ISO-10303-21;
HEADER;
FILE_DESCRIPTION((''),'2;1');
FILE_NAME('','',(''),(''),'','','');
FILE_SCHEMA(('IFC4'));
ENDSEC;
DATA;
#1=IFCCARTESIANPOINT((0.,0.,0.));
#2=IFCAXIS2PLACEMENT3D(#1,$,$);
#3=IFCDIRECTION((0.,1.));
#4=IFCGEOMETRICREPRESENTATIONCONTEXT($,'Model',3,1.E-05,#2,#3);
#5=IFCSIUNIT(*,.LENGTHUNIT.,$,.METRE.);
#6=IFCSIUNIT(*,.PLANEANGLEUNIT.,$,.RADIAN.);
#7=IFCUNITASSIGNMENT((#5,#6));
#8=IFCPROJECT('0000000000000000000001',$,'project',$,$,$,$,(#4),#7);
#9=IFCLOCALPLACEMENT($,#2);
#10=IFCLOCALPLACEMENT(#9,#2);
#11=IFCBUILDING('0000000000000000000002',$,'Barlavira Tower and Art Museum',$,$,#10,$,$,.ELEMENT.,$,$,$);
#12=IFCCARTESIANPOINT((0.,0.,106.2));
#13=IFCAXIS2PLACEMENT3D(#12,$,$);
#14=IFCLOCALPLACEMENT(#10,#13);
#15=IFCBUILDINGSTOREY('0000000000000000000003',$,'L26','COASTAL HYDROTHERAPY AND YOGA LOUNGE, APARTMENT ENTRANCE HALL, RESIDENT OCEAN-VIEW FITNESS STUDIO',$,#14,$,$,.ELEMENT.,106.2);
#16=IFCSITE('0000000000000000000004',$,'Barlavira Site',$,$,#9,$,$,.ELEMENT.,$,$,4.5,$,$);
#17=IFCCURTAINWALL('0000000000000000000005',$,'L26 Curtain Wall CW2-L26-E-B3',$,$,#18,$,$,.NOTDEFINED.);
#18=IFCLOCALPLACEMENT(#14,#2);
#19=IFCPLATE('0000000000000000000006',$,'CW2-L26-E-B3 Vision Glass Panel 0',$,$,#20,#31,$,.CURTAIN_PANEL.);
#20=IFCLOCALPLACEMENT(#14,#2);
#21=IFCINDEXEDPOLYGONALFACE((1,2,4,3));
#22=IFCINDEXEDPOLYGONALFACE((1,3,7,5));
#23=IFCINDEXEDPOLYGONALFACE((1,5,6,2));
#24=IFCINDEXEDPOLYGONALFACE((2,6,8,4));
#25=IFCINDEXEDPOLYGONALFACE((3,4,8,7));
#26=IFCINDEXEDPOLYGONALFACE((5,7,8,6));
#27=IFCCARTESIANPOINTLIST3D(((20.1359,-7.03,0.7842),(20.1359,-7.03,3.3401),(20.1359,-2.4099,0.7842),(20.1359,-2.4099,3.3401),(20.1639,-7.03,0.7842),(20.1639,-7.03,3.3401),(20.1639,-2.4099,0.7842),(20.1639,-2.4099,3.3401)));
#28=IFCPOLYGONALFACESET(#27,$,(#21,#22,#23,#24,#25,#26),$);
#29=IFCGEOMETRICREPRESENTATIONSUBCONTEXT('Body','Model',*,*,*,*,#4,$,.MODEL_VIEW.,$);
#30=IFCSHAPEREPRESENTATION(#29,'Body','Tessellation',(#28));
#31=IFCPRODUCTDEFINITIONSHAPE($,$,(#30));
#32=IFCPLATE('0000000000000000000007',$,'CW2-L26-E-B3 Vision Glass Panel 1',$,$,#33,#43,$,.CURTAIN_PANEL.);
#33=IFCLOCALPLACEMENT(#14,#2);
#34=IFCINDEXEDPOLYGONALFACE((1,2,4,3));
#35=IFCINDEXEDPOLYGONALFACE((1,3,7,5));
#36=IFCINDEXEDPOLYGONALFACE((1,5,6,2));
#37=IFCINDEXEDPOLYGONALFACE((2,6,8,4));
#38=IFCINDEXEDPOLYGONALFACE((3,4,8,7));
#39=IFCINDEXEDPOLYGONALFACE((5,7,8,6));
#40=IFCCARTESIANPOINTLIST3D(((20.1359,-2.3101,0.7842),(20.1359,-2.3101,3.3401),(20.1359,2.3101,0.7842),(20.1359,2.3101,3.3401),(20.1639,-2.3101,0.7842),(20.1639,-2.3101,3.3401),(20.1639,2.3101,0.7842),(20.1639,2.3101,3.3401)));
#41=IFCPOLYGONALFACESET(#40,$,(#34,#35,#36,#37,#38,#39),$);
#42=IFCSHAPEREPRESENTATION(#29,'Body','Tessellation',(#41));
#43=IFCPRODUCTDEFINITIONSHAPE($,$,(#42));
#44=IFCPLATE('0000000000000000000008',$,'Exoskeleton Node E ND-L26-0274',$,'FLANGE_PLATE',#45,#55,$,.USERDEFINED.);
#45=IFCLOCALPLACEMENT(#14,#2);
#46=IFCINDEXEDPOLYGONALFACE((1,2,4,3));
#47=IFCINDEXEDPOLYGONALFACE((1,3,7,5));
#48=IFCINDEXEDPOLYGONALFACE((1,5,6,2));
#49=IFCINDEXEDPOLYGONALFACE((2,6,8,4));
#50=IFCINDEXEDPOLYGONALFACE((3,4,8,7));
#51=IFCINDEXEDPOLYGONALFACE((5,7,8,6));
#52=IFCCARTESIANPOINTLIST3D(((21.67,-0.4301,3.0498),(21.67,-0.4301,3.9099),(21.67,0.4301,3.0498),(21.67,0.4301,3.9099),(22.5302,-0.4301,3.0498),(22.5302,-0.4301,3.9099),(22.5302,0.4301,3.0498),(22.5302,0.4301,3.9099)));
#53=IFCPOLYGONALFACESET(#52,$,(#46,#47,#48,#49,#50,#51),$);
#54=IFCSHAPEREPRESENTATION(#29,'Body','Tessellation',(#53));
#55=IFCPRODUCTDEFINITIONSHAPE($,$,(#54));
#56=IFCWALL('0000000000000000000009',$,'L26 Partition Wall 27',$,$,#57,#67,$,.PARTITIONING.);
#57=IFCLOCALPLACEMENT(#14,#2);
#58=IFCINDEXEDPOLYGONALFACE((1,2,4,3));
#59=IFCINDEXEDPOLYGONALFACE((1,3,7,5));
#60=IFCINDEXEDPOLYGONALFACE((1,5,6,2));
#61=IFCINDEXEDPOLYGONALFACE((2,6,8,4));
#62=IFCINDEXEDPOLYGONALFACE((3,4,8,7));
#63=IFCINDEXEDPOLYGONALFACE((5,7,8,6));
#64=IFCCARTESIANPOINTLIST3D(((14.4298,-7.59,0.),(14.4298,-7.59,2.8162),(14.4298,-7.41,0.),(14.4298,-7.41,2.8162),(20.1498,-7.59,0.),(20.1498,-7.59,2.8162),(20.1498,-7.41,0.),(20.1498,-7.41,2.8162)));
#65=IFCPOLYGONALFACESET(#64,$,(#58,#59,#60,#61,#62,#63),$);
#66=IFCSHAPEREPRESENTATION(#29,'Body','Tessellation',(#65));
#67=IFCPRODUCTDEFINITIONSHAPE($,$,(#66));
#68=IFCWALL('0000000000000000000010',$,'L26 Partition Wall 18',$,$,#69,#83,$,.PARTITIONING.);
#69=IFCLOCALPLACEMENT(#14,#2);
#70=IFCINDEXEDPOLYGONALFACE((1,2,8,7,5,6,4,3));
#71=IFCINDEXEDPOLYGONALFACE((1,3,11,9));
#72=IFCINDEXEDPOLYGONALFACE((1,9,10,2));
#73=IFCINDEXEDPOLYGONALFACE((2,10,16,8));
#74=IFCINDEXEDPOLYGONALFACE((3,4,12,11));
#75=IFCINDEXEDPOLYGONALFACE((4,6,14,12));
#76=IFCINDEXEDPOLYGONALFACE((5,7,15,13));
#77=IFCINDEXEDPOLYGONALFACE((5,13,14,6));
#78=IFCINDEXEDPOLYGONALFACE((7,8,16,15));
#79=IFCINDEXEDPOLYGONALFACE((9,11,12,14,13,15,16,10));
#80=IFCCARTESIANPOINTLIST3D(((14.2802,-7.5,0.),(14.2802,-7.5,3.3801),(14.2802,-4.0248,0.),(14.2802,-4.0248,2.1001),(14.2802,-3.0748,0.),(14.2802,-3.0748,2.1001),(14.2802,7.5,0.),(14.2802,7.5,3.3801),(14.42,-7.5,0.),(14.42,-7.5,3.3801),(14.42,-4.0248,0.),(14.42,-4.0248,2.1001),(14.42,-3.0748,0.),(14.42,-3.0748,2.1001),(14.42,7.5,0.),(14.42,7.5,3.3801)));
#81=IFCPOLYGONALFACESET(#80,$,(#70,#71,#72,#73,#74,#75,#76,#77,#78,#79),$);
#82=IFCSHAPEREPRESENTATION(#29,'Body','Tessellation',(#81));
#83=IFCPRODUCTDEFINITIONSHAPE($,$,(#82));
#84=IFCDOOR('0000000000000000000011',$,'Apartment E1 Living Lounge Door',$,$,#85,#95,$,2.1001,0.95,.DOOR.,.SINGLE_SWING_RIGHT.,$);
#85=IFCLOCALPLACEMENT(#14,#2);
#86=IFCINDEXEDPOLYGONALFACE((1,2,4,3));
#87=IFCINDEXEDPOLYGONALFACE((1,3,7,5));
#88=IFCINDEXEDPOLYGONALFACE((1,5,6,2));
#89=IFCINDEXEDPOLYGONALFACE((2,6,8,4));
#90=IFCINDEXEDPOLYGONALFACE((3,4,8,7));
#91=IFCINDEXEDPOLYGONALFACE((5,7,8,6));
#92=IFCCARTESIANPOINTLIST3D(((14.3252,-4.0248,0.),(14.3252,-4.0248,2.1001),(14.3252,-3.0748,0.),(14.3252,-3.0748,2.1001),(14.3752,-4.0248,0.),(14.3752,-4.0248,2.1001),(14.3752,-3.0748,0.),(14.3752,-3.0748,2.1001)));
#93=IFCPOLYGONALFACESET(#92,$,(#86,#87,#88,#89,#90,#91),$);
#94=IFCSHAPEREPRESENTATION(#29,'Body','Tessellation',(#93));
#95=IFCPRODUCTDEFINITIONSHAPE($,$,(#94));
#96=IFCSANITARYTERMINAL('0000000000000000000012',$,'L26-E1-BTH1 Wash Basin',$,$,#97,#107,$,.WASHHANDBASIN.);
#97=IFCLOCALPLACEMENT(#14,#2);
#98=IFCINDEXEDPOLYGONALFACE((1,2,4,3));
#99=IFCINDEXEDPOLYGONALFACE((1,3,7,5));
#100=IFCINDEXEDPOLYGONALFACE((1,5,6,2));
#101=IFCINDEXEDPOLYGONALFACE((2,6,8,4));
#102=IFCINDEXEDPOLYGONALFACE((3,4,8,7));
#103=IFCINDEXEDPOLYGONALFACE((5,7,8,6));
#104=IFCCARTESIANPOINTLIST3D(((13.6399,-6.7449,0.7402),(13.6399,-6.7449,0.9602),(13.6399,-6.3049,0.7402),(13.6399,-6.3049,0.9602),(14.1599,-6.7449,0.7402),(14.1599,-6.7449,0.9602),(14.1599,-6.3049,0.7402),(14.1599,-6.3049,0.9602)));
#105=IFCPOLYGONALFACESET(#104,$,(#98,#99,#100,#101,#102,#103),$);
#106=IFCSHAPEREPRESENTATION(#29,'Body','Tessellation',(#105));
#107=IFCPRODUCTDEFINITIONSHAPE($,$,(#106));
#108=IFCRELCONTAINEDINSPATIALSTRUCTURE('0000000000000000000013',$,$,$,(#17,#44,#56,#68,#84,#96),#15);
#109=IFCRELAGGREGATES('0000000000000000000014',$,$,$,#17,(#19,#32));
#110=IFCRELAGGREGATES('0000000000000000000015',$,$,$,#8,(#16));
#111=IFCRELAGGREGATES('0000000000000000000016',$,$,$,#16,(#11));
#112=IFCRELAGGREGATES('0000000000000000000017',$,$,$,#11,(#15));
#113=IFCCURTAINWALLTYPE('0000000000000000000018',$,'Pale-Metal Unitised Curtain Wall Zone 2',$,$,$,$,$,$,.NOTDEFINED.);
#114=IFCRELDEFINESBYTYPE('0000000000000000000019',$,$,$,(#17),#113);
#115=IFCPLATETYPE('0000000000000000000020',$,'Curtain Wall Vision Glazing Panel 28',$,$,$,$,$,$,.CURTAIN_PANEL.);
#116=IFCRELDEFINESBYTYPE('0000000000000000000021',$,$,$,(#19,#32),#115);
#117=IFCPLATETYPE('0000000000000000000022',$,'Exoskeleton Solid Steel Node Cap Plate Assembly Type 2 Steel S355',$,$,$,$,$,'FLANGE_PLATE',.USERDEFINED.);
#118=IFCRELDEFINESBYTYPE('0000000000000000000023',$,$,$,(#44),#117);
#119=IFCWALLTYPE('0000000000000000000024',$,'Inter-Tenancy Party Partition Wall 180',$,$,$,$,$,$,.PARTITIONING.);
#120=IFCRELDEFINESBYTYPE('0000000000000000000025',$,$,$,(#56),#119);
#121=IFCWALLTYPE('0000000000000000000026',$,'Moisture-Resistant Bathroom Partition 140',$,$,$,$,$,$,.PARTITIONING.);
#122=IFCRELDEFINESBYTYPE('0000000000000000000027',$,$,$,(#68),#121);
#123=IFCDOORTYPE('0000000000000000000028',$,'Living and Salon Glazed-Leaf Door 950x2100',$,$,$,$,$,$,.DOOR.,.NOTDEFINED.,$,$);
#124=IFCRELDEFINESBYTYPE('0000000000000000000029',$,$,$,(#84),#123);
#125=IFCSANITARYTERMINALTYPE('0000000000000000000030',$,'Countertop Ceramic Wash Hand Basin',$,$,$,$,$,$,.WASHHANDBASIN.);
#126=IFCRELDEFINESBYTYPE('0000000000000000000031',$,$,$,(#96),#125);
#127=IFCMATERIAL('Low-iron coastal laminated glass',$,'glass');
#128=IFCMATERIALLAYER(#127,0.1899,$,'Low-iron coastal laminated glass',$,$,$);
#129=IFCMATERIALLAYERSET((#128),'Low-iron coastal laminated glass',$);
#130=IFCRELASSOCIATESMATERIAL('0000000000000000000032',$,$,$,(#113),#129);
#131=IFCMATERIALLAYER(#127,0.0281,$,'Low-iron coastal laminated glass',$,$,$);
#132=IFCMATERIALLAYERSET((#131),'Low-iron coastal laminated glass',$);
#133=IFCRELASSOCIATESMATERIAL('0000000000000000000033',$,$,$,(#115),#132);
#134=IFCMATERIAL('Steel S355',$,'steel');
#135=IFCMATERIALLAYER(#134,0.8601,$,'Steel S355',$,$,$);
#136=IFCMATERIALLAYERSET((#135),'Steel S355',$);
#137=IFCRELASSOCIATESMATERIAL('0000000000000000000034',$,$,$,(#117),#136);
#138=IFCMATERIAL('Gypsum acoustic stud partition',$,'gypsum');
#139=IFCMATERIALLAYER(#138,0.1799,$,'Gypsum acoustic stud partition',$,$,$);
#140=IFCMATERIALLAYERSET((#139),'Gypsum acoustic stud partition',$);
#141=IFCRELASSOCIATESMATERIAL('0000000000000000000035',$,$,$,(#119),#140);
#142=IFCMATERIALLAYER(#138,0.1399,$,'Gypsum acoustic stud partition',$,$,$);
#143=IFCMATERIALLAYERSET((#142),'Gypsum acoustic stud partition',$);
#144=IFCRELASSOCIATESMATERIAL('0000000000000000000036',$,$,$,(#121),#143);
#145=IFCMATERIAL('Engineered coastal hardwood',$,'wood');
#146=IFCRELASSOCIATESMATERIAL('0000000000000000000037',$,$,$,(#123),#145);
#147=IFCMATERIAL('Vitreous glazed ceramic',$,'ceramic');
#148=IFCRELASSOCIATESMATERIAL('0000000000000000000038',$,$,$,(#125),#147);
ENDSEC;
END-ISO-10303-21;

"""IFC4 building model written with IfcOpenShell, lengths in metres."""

from ifc_helpers import new_model, si_unit, direction, frame, frame_2d, origin, origin_2d, place, context, subcontext, project, spatial, rectangle, extrude, material, layer, layer_set, type_object, element, fill, aggregate, save


model = new_model("IFC4")

# Units and contexts
model_context = context("Model", 3, precision=1e-05, world=origin(), true_north=direction((0.0, 1.0)))
body_context = subcontext(model_context, "Body", "Model", "MODEL_VIEW")
ifc_project = project(units=[si_unit("LENGTHUNIT", "METRE"), si_unit("PLANEANGLEUNIT", "RADIAN")], contexts=[model_context])

# Site, building, storey
site_placement = place(None, origin())
site = spatial("IfcSite", under=ifc_project, at=site_placement, Name="Barlavira Site", CompositionType="ELEMENT", RefElevation=4.5)
building_placement = place(site_placement, origin())
building = spatial("IfcBuilding", under=site, at=building_placement, Name="Barlavira Tower and Art Museum", CompositionType="ELEMENT")
storey_placement = place(building_placement, frame((0.0, 0.0, 106.2)))
storey = spatial("IfcBuildingStorey", under=building, at=storey_placement, Name="L26", Description="COASTAL HYDROTHERAPY AND YOGA LOUNGE, APARTMENT ENTRANCE HALL, RESIDENT OCEAN-VIEW FITNESS STUDIO", CompositionType="ELEMENT", Elevation=106.2)

# Curtain wall
ifc_material_1 = material(Name="Low-iron coastal laminated glass", Category="glass")
ifc_layer_1 = layer(ifc_material_1, 0.1899, Name="Low-iron coastal laminated glass")
ifc_layer_set_1 = layer_set([ifc_layer_1], Name="Low-iron coastal laminated glass")
curtain_wall_type = type_object("IfcCurtainWallType", Name="Pale-Metal Unitised Curtain Wall Zone 2", PredefinedType="NOTDEFINED", material=ifc_layer_set_1)
curtain_wall_placement = place(storey_placement, origin())
curtain_wall = element("IfcCurtainWall", 1, at=curtain_wall_placement, inside=storey, type_object=curtain_wall_type, Name="L26 Curtain Wall CW2-L26-E-B3", PredefinedType="NOTDEFINED")

# Shared definitions
ifc_material_2 = material(Name="Steel S355", Category="steel")

# Plates
ifc_layer_2 = layer(ifc_material_1, 0.0281, Name="Low-iron coastal laminated glass")
ifc_layer_set_2 = layer_set([ifc_layer_2], Name="Low-iron coastal laminated glass")
plate_type_1 = type_object("IfcPlateType", Name="Curtain Wall Vision Glazing Panel 28", PredefinedType="CURTAIN_PANEL", material=ifc_layer_set_2)
plate_1_placement = place(storey_placement, frame((20.1499, -4.72, 0.7842), z_axis=(0.0, 0.0, 1.0), x_axis=(0.0, 1.0, 0.0)))
plate_1 = element("IfcPlate", 2, at=plate_1_placement, type_object=plate_type_1, Name="CW2-L26-E-B3 Vision Glass Panel 0", PredefinedType="CURTAIN_PANEL", context=body_context, shape_type="SweptSolid", body=[
    extrude(rectangle(XDim=4.6201, YDim=0.0281, at=origin_2d()), origin(), (0.0, 0.0, 1.0), 2.5559),
])
plate_2_placement = place(storey_placement, frame((20.1499, 0.0, 0.7842), z_axis=(0.0, 0.0, 1.0), x_axis=(0.0, 1.0, 0.0)))
plate_2 = element("IfcPlate", 3, at=plate_2_placement, type_object=plate_type_1, Name="CW2-L26-E-B3 Vision Glass Panel 1", PredefinedType="CURTAIN_PANEL", context=body_context, shape_type="SweptSolid", body=[
    extrude(rectangle(XDim=4.6201, YDim=0.0281, at=origin_2d()), origin(), (0.0, 0.0, 1.0), 2.5559),
])
aggregate(curtain_wall, [plate_1, plate_2])
ifc_layer_3 = layer(ifc_material_2, 0.8601, Name="Steel S355")
ifc_layer_set_3 = layer_set([ifc_layer_3], Name="Steel S355")
plate_type_2 = type_object("IfcPlateType", Name="Exoskeleton Solid Steel Node Cap Plate Assembly Type 2 Steel S355", ElementType="FLANGE_PLATE", PredefinedType="USERDEFINED", material=ifc_layer_set_3)
plate_3_placement = place(storey_placement, frame((22.1001, 0.0, 3.0498), z_axis=(0.0, 0.0, 1.0), x_axis=(1.0, 0.0, 0.0)))
element("IfcPlate", 4, at=plate_3_placement, inside=storey, type_object=plate_type_2, Name="Exoskeleton Node E ND-L26-0274", ObjectType="FLANGE_PLATE", PredefinedType="USERDEFINED", context=body_context, shape_type="SweptSolid", body=[
    extrude(rectangle(XDim=0.8601, YDim=0.8601, at=origin_2d()), origin(), (0.0, 0.0, 1.0), 0.8601),
])

# Wall
ifc_material_3 = material(Name="Gypsum acoustic stud partition", Category="gypsum")
ifc_layer_4 = layer(ifc_material_3, 0.1799, Name="Gypsum acoustic stud partition")
ifc_layer_set_4 = layer_set([ifc_layer_4], Name="Gypsum acoustic stud partition")
wall_type_1 = type_object("IfcWallType", Name="Inter-Tenancy Party Partition Wall 180", PredefinedType="PARTITIONING", material=ifc_layer_set_4)
wall_1_placement = place(storey_placement, frame((14.4299, -7.5, 0.0), z_axis=(0.0, 0.0, 1.0), x_axis=(1.0, 0.0, 0.0)))
element("IfcWall", 5, at=wall_1_placement, inside=storey, type_object=wall_type_1, Name="L26 Partition Wall 27", PredefinedType="PARTITIONING", context=body_context, shape_type="SweptSolid", body=[
    extrude(rectangle(XDim=5.72, YDim=0.1799, at=frame_2d((2.8599, 0.0))), origin(), (0.0, 0.0, 1.0), 2.8162),
])

# Wall, opening, door
ifc_layer_5 = layer(ifc_material_3, 0.1399, Name="Gypsum acoustic stud partition")
ifc_layer_set_5 = layer_set([ifc_layer_5], Name="Gypsum acoustic stud partition")
wall_type_2 = type_object("IfcWallType", Name="Moisture-Resistant Bathroom Partition 140", PredefinedType="PARTITIONING", material=ifc_layer_set_5)
wall_2_placement = place(storey_placement, frame((14.3501, -7.5, 0.0), z_axis=(0.0, 0.0, 1.0), x_axis=(0.0, 1.0, 0.0)))
wall_2 = element("IfcWall", 6, at=wall_2_placement, inside=storey, type_object=wall_type_2, Name="L26 Partition Wall 18", PredefinedType="PARTITIONING", context=body_context, shape_type="SweptSolid", body=[
    extrude(rectangle(XDim=15.0, YDim=0.1399, at=frame_2d((7.5, 0.0))), origin(), (0.0, 0.0, 1.0), 3.3801),
])
opening_placement = place(wall_2_placement, frame((3.4751, 0.0, 0.0)))
opening = element("IfcOpeningElement", 7, at=opening_placement, cuts=wall_2, PredefinedType="OPENING", context=body_context, shape_type="SweptSolid", body=[
    extrude(rectangle(XDim=0.95, YDim=2.1001, at=frame_2d((0.4751, 1.05))), frame((0.0, 0.0801, 0.0), z_axis=(0.0, -1.0, 0.0), x_axis=(1.0, 0.0, 0.0)), (0.0, 0.0, 1.0), 0.1599),
])
ifc_material_4 = material(Name="Engineered coastal hardwood", Category="wood")
door_type = type_object("IfcDoorType", Name="Living and Salon Glazed-Leaf Door 950x2100", OperationType="NOTDEFINED", PredefinedType="DOOR", material=ifc_material_4)
door_placement = place(opening_placement, origin())
door = element("IfcDoor", 8, at=door_placement, inside=storey, type_object=door_type, Name="Apartment E1 Living Lounge Door", OperationType="SINGLE_SWING_RIGHT", OverallHeight=2.1001, OverallWidth=0.95, PredefinedType="DOOR", context=body_context, shape_type="SweptSolid", body=[
    extrude(rectangle(XDim=0.95, YDim=2.1001, at=frame_2d((0.4751, 1.05))), frame((0.0, 0.0249, 0.0), z_axis=(0.0, -1.0, 0.0), x_axis=(1.0, 0.0, 0.0)), (0.0, 0.0, 1.0), 0.05),
])
fill(opening, door)

# Sanitary terminal
ifc_material_5 = material(Name="Vitreous glazed ceramic", Category="ceramic")
sanitary_terminal_type = type_object("IfcSanitaryTerminalType", Name="Countertop Ceramic Wash Hand Basin", PredefinedType="WASHHANDBASIN", material=ifc_material_5)
sanitary_terminal_placement = place(storey_placement, frame((13.8999, -6.5249, 0.7402), z_axis=(0.0, 0.0, 1.0), x_axis=(1.0, 0.0, 0.0)))
element("IfcSanitaryTerminal", 9, at=sanitary_terminal_placement, inside=storey, type_object=sanitary_terminal_type, Name="L26-E1-BTH1 Wash Basin", PredefinedType="WASHHANDBASIN", context=body_context, shape_type="SweptSolid", body=[
    extrude(rectangle(XDim=0.52, YDim=0.4399, at=origin_2d()), origin(), (0.0, 0.0, 1.0), 0.22),
])

save(model, "model.ifc")
